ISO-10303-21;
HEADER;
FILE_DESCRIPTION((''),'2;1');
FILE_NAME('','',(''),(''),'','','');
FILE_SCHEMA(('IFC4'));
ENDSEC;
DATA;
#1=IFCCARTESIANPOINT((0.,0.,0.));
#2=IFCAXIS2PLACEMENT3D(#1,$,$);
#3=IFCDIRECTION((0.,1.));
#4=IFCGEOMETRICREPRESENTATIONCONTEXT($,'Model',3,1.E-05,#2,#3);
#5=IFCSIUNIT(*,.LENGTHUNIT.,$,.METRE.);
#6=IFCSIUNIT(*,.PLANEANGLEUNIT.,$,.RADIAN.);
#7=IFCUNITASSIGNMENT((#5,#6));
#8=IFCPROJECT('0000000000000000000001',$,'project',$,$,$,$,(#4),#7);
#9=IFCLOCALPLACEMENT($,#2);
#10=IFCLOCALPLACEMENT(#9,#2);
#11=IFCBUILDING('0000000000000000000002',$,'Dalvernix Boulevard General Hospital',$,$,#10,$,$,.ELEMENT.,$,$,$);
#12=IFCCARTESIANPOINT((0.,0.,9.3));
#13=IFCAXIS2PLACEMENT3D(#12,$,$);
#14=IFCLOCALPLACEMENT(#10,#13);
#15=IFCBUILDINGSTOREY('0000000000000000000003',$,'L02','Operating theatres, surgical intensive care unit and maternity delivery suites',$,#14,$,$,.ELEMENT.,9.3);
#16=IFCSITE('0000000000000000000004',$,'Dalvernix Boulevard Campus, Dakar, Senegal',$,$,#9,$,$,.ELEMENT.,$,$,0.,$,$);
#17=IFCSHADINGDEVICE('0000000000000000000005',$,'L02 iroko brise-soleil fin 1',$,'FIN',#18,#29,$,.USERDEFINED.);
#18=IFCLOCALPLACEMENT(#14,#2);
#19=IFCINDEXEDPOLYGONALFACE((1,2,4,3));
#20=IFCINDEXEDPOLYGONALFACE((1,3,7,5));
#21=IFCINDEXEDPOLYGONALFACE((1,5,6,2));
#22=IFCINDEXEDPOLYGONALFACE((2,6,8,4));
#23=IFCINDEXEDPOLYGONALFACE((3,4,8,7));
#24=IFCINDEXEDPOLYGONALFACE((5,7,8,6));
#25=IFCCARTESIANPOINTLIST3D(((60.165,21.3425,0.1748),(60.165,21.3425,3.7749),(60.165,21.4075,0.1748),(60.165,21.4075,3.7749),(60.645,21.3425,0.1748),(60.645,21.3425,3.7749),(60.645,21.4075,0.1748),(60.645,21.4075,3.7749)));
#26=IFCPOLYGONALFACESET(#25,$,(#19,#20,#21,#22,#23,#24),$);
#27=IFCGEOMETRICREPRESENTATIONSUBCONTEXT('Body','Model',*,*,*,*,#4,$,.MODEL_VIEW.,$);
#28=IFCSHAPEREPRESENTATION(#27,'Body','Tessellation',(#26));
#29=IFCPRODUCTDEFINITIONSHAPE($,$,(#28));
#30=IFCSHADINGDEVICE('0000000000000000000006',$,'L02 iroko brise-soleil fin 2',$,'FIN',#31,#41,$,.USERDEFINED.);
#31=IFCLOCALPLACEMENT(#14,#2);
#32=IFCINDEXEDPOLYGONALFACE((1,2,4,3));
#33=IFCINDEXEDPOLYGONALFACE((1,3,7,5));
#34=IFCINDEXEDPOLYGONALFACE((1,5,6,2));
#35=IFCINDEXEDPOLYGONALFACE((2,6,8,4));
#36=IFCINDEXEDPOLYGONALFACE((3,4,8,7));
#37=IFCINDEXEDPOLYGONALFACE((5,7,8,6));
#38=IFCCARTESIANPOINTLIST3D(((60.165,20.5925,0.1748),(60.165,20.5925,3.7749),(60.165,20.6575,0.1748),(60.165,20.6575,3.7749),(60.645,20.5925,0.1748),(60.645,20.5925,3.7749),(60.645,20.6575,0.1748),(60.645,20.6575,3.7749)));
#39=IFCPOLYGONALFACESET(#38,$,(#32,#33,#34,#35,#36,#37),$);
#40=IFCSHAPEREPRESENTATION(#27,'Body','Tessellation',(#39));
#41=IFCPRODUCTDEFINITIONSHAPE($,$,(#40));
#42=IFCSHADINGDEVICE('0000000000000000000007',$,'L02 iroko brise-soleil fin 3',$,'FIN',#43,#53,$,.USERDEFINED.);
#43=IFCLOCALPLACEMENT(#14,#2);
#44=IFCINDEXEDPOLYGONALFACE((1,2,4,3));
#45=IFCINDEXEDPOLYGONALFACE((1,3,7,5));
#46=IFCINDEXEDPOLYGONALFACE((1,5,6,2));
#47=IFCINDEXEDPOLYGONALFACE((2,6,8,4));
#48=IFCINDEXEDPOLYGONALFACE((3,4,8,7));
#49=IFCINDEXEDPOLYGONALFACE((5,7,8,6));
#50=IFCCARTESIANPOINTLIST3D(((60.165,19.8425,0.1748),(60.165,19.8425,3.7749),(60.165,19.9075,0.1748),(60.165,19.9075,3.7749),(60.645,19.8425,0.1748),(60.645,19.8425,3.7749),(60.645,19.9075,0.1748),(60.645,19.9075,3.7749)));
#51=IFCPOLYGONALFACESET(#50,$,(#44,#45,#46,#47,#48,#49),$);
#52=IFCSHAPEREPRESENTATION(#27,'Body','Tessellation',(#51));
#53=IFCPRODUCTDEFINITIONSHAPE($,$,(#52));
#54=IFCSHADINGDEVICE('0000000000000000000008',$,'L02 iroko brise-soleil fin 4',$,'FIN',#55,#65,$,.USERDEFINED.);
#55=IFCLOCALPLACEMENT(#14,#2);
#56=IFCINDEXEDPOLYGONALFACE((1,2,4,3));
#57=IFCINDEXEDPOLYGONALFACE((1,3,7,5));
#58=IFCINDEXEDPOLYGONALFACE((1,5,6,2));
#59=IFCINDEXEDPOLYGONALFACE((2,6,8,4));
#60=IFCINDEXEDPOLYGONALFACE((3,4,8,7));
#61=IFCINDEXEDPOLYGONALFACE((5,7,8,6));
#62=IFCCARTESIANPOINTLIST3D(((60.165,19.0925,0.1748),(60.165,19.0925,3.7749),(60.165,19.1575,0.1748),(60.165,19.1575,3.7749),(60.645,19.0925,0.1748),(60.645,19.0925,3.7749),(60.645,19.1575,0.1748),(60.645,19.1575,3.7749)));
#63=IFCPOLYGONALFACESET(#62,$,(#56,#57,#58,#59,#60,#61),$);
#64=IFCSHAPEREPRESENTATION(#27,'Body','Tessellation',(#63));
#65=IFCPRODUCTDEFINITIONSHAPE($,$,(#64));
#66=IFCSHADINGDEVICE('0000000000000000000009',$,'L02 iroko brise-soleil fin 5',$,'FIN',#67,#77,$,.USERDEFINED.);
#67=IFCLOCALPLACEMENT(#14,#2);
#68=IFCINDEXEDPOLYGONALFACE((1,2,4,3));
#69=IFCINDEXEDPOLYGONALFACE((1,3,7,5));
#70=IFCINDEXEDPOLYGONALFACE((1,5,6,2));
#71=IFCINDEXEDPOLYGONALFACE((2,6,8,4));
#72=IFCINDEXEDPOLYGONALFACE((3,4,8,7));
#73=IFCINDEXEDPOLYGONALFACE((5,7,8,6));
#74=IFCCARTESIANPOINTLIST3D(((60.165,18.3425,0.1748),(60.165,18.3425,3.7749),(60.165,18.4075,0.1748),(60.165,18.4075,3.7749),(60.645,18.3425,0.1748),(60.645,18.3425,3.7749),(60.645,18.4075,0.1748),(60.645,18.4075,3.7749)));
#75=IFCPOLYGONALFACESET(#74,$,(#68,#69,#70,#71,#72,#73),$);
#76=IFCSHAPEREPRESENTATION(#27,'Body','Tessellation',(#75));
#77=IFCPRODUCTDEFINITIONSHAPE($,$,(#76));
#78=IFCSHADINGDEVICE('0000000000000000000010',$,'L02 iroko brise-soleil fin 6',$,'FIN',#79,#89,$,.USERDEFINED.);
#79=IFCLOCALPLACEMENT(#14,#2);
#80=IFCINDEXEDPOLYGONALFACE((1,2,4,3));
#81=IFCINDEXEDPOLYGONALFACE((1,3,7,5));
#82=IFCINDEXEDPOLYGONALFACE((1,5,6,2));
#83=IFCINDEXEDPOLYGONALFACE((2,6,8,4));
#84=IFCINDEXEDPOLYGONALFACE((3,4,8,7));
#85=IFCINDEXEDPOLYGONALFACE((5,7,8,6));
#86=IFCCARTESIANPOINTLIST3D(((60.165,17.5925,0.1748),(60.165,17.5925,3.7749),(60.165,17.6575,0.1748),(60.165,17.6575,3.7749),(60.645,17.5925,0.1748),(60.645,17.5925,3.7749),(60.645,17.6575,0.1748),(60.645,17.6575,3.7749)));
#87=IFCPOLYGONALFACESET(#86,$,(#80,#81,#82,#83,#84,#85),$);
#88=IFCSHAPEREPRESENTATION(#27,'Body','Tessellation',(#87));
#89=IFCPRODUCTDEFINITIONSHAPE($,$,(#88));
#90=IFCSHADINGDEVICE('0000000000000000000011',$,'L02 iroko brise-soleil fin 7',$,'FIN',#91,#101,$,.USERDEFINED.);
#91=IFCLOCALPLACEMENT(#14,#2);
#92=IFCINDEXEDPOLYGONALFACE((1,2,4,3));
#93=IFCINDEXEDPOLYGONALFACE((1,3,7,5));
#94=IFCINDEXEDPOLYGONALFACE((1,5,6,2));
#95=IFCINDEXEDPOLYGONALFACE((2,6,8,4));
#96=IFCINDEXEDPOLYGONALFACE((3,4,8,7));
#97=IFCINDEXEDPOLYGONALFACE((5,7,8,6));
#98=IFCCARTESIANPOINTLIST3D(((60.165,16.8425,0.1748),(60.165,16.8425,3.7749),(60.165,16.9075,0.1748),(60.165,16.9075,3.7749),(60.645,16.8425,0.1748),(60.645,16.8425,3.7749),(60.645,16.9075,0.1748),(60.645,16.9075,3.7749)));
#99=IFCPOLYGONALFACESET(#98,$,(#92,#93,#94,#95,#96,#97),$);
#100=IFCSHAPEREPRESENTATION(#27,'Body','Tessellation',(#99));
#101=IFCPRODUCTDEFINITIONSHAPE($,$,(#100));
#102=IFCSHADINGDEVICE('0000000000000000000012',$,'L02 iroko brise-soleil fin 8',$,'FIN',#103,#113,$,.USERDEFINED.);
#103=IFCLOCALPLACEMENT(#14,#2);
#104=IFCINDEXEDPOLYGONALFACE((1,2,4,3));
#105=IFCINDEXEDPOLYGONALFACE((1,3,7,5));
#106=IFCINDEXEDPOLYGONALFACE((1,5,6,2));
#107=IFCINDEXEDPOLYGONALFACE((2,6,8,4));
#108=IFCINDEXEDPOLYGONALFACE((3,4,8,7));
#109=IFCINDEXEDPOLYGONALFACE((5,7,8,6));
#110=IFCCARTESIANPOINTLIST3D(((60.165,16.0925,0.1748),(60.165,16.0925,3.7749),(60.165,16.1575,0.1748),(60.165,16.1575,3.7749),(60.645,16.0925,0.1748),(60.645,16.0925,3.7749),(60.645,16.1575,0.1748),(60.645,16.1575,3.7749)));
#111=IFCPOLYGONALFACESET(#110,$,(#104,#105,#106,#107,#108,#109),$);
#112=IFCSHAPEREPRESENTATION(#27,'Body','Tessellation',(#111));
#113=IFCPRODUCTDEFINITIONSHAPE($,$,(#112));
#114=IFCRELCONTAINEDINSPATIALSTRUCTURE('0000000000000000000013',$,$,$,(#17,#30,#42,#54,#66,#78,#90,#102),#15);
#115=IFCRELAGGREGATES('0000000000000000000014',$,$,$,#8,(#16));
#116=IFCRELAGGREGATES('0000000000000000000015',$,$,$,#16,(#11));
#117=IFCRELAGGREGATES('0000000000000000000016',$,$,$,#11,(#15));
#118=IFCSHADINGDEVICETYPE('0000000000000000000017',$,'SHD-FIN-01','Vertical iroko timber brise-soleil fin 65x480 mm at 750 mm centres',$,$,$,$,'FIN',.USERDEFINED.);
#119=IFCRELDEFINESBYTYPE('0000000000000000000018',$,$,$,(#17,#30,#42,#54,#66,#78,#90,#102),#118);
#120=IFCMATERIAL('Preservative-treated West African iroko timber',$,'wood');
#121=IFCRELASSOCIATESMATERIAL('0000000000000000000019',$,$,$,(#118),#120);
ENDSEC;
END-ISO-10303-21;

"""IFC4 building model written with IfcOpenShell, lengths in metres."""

from ifc_helpers import new_model, si_unit, direction, frame, origin, origin_2d, place, context, subcontext, project, spatial, rectangle, extrude, material, type_object, element, save


model = new_model("IFC4")

# Units and contexts
model_context = context("Model", 3, precision=1e-05, world=origin(), true_north=direction((0.0, 1.0)))
body_context = subcontext(model_context, "Body", "Model", "MODEL_VIEW")
ifc_project = project(units=[si_unit("LENGTHUNIT", "METRE"), si_unit("PLANEANGLEUNIT", "RADIAN")], contexts=[model_context])

# Site, building, storey
site_placement = place(None, origin())
site = spatial("IfcSite", under=ifc_project, at=site_placement, Name="Dalvernix Boulevard Campus, Dakar, Senegal", CompositionType="ELEMENT", RefElevation=0.0)
building_placement = place(site_placement, origin())
building = spatial("IfcBuilding", under=site, at=building_placement, Name="Dalvernix Boulevard General Hospital", CompositionType="ELEMENT")
storey_placement = place(building_placement, frame((0.0, 0.0, 9.3)))
storey = spatial("IfcBuildingStorey", under=building, at=storey_placement, Name="L02", Description="Operating theatres, surgical intensive care unit and maternity delivery suites", CompositionType="ELEMENT", Elevation=9.3)

# Shading devices
ifc_material_1 = material(Name="Preservative-treated West African iroko timber", Category="wood")
shading_device_type = type_object("IfcShadingDeviceType", Name="SHD-FIN-01", Description="Vertical iroko timber brise-soleil fin 65x480 mm at 750 mm centres", ElementType="FIN", PredefinedType="USERDEFINED", material=ifc_material_1)
for number, where, z_axis, x_axis, name in (
    (1, (60.405, 21.375, 0.1748), (0.0, 0.0, 1.0), (0.0, -1.0, 0.0), "L02 iroko brise-soleil fin 1"),
    (2, (60.405, 20.625, 0.1748), (0.0, 0.0, 1.0), (0.0, -1.0, 0.0), "L02 iroko brise-soleil fin 2"),
    (3, (60.405, 19.875, 0.1748), (0.0, 0.0, 1.0), (0.0, -1.0, 0.0), "L02 iroko brise-soleil fin 3"),
    (4, (60.405, 19.125, 0.1748), (0.0, 0.0, 1.0), (0.0, -1.0, 0.0), "L02 iroko brise-soleil fin 4"),
    (5, (60.405, 18.375, 0.1748), (0.0, 0.0, 1.0), (0.0, -1.0, 0.0), "L02 iroko brise-soleil fin 5"),
    (6, (60.405, 17.625, 0.1748), (0.0, 0.0, 1.0), (0.0, -1.0, 0.0), "L02 iroko brise-soleil fin 6"),
    (7, (60.405, 16.875, 0.1748), (0.0, 0.0, 1.0), (0.0, -1.0, 0.0), "L02 iroko brise-soleil fin 7"),
    (8, (60.405, 16.125, 0.1748), (0.0, 0.0, 1.0), (0.0, -1.0, 0.0), "L02 iroko brise-soleil fin 8"),
):
    element("IfcShadingDevice", number, at=place(storey_placement, frame(where, z_axis=z_axis, x_axis=x_axis)), inside=storey, type_object=shading_device_type, Name=name, ObjectType="FIN", PredefinedType="USERDEFINED", context=body_context, shape_type="SweptSolid", body=[
        extrude(rectangle(XDim=0.0649, YDim=0.48, at=origin_2d()), origin(), (0.0, 0.0, 1.0), 3.6001),
    ])

save(model, "model.ifc")
